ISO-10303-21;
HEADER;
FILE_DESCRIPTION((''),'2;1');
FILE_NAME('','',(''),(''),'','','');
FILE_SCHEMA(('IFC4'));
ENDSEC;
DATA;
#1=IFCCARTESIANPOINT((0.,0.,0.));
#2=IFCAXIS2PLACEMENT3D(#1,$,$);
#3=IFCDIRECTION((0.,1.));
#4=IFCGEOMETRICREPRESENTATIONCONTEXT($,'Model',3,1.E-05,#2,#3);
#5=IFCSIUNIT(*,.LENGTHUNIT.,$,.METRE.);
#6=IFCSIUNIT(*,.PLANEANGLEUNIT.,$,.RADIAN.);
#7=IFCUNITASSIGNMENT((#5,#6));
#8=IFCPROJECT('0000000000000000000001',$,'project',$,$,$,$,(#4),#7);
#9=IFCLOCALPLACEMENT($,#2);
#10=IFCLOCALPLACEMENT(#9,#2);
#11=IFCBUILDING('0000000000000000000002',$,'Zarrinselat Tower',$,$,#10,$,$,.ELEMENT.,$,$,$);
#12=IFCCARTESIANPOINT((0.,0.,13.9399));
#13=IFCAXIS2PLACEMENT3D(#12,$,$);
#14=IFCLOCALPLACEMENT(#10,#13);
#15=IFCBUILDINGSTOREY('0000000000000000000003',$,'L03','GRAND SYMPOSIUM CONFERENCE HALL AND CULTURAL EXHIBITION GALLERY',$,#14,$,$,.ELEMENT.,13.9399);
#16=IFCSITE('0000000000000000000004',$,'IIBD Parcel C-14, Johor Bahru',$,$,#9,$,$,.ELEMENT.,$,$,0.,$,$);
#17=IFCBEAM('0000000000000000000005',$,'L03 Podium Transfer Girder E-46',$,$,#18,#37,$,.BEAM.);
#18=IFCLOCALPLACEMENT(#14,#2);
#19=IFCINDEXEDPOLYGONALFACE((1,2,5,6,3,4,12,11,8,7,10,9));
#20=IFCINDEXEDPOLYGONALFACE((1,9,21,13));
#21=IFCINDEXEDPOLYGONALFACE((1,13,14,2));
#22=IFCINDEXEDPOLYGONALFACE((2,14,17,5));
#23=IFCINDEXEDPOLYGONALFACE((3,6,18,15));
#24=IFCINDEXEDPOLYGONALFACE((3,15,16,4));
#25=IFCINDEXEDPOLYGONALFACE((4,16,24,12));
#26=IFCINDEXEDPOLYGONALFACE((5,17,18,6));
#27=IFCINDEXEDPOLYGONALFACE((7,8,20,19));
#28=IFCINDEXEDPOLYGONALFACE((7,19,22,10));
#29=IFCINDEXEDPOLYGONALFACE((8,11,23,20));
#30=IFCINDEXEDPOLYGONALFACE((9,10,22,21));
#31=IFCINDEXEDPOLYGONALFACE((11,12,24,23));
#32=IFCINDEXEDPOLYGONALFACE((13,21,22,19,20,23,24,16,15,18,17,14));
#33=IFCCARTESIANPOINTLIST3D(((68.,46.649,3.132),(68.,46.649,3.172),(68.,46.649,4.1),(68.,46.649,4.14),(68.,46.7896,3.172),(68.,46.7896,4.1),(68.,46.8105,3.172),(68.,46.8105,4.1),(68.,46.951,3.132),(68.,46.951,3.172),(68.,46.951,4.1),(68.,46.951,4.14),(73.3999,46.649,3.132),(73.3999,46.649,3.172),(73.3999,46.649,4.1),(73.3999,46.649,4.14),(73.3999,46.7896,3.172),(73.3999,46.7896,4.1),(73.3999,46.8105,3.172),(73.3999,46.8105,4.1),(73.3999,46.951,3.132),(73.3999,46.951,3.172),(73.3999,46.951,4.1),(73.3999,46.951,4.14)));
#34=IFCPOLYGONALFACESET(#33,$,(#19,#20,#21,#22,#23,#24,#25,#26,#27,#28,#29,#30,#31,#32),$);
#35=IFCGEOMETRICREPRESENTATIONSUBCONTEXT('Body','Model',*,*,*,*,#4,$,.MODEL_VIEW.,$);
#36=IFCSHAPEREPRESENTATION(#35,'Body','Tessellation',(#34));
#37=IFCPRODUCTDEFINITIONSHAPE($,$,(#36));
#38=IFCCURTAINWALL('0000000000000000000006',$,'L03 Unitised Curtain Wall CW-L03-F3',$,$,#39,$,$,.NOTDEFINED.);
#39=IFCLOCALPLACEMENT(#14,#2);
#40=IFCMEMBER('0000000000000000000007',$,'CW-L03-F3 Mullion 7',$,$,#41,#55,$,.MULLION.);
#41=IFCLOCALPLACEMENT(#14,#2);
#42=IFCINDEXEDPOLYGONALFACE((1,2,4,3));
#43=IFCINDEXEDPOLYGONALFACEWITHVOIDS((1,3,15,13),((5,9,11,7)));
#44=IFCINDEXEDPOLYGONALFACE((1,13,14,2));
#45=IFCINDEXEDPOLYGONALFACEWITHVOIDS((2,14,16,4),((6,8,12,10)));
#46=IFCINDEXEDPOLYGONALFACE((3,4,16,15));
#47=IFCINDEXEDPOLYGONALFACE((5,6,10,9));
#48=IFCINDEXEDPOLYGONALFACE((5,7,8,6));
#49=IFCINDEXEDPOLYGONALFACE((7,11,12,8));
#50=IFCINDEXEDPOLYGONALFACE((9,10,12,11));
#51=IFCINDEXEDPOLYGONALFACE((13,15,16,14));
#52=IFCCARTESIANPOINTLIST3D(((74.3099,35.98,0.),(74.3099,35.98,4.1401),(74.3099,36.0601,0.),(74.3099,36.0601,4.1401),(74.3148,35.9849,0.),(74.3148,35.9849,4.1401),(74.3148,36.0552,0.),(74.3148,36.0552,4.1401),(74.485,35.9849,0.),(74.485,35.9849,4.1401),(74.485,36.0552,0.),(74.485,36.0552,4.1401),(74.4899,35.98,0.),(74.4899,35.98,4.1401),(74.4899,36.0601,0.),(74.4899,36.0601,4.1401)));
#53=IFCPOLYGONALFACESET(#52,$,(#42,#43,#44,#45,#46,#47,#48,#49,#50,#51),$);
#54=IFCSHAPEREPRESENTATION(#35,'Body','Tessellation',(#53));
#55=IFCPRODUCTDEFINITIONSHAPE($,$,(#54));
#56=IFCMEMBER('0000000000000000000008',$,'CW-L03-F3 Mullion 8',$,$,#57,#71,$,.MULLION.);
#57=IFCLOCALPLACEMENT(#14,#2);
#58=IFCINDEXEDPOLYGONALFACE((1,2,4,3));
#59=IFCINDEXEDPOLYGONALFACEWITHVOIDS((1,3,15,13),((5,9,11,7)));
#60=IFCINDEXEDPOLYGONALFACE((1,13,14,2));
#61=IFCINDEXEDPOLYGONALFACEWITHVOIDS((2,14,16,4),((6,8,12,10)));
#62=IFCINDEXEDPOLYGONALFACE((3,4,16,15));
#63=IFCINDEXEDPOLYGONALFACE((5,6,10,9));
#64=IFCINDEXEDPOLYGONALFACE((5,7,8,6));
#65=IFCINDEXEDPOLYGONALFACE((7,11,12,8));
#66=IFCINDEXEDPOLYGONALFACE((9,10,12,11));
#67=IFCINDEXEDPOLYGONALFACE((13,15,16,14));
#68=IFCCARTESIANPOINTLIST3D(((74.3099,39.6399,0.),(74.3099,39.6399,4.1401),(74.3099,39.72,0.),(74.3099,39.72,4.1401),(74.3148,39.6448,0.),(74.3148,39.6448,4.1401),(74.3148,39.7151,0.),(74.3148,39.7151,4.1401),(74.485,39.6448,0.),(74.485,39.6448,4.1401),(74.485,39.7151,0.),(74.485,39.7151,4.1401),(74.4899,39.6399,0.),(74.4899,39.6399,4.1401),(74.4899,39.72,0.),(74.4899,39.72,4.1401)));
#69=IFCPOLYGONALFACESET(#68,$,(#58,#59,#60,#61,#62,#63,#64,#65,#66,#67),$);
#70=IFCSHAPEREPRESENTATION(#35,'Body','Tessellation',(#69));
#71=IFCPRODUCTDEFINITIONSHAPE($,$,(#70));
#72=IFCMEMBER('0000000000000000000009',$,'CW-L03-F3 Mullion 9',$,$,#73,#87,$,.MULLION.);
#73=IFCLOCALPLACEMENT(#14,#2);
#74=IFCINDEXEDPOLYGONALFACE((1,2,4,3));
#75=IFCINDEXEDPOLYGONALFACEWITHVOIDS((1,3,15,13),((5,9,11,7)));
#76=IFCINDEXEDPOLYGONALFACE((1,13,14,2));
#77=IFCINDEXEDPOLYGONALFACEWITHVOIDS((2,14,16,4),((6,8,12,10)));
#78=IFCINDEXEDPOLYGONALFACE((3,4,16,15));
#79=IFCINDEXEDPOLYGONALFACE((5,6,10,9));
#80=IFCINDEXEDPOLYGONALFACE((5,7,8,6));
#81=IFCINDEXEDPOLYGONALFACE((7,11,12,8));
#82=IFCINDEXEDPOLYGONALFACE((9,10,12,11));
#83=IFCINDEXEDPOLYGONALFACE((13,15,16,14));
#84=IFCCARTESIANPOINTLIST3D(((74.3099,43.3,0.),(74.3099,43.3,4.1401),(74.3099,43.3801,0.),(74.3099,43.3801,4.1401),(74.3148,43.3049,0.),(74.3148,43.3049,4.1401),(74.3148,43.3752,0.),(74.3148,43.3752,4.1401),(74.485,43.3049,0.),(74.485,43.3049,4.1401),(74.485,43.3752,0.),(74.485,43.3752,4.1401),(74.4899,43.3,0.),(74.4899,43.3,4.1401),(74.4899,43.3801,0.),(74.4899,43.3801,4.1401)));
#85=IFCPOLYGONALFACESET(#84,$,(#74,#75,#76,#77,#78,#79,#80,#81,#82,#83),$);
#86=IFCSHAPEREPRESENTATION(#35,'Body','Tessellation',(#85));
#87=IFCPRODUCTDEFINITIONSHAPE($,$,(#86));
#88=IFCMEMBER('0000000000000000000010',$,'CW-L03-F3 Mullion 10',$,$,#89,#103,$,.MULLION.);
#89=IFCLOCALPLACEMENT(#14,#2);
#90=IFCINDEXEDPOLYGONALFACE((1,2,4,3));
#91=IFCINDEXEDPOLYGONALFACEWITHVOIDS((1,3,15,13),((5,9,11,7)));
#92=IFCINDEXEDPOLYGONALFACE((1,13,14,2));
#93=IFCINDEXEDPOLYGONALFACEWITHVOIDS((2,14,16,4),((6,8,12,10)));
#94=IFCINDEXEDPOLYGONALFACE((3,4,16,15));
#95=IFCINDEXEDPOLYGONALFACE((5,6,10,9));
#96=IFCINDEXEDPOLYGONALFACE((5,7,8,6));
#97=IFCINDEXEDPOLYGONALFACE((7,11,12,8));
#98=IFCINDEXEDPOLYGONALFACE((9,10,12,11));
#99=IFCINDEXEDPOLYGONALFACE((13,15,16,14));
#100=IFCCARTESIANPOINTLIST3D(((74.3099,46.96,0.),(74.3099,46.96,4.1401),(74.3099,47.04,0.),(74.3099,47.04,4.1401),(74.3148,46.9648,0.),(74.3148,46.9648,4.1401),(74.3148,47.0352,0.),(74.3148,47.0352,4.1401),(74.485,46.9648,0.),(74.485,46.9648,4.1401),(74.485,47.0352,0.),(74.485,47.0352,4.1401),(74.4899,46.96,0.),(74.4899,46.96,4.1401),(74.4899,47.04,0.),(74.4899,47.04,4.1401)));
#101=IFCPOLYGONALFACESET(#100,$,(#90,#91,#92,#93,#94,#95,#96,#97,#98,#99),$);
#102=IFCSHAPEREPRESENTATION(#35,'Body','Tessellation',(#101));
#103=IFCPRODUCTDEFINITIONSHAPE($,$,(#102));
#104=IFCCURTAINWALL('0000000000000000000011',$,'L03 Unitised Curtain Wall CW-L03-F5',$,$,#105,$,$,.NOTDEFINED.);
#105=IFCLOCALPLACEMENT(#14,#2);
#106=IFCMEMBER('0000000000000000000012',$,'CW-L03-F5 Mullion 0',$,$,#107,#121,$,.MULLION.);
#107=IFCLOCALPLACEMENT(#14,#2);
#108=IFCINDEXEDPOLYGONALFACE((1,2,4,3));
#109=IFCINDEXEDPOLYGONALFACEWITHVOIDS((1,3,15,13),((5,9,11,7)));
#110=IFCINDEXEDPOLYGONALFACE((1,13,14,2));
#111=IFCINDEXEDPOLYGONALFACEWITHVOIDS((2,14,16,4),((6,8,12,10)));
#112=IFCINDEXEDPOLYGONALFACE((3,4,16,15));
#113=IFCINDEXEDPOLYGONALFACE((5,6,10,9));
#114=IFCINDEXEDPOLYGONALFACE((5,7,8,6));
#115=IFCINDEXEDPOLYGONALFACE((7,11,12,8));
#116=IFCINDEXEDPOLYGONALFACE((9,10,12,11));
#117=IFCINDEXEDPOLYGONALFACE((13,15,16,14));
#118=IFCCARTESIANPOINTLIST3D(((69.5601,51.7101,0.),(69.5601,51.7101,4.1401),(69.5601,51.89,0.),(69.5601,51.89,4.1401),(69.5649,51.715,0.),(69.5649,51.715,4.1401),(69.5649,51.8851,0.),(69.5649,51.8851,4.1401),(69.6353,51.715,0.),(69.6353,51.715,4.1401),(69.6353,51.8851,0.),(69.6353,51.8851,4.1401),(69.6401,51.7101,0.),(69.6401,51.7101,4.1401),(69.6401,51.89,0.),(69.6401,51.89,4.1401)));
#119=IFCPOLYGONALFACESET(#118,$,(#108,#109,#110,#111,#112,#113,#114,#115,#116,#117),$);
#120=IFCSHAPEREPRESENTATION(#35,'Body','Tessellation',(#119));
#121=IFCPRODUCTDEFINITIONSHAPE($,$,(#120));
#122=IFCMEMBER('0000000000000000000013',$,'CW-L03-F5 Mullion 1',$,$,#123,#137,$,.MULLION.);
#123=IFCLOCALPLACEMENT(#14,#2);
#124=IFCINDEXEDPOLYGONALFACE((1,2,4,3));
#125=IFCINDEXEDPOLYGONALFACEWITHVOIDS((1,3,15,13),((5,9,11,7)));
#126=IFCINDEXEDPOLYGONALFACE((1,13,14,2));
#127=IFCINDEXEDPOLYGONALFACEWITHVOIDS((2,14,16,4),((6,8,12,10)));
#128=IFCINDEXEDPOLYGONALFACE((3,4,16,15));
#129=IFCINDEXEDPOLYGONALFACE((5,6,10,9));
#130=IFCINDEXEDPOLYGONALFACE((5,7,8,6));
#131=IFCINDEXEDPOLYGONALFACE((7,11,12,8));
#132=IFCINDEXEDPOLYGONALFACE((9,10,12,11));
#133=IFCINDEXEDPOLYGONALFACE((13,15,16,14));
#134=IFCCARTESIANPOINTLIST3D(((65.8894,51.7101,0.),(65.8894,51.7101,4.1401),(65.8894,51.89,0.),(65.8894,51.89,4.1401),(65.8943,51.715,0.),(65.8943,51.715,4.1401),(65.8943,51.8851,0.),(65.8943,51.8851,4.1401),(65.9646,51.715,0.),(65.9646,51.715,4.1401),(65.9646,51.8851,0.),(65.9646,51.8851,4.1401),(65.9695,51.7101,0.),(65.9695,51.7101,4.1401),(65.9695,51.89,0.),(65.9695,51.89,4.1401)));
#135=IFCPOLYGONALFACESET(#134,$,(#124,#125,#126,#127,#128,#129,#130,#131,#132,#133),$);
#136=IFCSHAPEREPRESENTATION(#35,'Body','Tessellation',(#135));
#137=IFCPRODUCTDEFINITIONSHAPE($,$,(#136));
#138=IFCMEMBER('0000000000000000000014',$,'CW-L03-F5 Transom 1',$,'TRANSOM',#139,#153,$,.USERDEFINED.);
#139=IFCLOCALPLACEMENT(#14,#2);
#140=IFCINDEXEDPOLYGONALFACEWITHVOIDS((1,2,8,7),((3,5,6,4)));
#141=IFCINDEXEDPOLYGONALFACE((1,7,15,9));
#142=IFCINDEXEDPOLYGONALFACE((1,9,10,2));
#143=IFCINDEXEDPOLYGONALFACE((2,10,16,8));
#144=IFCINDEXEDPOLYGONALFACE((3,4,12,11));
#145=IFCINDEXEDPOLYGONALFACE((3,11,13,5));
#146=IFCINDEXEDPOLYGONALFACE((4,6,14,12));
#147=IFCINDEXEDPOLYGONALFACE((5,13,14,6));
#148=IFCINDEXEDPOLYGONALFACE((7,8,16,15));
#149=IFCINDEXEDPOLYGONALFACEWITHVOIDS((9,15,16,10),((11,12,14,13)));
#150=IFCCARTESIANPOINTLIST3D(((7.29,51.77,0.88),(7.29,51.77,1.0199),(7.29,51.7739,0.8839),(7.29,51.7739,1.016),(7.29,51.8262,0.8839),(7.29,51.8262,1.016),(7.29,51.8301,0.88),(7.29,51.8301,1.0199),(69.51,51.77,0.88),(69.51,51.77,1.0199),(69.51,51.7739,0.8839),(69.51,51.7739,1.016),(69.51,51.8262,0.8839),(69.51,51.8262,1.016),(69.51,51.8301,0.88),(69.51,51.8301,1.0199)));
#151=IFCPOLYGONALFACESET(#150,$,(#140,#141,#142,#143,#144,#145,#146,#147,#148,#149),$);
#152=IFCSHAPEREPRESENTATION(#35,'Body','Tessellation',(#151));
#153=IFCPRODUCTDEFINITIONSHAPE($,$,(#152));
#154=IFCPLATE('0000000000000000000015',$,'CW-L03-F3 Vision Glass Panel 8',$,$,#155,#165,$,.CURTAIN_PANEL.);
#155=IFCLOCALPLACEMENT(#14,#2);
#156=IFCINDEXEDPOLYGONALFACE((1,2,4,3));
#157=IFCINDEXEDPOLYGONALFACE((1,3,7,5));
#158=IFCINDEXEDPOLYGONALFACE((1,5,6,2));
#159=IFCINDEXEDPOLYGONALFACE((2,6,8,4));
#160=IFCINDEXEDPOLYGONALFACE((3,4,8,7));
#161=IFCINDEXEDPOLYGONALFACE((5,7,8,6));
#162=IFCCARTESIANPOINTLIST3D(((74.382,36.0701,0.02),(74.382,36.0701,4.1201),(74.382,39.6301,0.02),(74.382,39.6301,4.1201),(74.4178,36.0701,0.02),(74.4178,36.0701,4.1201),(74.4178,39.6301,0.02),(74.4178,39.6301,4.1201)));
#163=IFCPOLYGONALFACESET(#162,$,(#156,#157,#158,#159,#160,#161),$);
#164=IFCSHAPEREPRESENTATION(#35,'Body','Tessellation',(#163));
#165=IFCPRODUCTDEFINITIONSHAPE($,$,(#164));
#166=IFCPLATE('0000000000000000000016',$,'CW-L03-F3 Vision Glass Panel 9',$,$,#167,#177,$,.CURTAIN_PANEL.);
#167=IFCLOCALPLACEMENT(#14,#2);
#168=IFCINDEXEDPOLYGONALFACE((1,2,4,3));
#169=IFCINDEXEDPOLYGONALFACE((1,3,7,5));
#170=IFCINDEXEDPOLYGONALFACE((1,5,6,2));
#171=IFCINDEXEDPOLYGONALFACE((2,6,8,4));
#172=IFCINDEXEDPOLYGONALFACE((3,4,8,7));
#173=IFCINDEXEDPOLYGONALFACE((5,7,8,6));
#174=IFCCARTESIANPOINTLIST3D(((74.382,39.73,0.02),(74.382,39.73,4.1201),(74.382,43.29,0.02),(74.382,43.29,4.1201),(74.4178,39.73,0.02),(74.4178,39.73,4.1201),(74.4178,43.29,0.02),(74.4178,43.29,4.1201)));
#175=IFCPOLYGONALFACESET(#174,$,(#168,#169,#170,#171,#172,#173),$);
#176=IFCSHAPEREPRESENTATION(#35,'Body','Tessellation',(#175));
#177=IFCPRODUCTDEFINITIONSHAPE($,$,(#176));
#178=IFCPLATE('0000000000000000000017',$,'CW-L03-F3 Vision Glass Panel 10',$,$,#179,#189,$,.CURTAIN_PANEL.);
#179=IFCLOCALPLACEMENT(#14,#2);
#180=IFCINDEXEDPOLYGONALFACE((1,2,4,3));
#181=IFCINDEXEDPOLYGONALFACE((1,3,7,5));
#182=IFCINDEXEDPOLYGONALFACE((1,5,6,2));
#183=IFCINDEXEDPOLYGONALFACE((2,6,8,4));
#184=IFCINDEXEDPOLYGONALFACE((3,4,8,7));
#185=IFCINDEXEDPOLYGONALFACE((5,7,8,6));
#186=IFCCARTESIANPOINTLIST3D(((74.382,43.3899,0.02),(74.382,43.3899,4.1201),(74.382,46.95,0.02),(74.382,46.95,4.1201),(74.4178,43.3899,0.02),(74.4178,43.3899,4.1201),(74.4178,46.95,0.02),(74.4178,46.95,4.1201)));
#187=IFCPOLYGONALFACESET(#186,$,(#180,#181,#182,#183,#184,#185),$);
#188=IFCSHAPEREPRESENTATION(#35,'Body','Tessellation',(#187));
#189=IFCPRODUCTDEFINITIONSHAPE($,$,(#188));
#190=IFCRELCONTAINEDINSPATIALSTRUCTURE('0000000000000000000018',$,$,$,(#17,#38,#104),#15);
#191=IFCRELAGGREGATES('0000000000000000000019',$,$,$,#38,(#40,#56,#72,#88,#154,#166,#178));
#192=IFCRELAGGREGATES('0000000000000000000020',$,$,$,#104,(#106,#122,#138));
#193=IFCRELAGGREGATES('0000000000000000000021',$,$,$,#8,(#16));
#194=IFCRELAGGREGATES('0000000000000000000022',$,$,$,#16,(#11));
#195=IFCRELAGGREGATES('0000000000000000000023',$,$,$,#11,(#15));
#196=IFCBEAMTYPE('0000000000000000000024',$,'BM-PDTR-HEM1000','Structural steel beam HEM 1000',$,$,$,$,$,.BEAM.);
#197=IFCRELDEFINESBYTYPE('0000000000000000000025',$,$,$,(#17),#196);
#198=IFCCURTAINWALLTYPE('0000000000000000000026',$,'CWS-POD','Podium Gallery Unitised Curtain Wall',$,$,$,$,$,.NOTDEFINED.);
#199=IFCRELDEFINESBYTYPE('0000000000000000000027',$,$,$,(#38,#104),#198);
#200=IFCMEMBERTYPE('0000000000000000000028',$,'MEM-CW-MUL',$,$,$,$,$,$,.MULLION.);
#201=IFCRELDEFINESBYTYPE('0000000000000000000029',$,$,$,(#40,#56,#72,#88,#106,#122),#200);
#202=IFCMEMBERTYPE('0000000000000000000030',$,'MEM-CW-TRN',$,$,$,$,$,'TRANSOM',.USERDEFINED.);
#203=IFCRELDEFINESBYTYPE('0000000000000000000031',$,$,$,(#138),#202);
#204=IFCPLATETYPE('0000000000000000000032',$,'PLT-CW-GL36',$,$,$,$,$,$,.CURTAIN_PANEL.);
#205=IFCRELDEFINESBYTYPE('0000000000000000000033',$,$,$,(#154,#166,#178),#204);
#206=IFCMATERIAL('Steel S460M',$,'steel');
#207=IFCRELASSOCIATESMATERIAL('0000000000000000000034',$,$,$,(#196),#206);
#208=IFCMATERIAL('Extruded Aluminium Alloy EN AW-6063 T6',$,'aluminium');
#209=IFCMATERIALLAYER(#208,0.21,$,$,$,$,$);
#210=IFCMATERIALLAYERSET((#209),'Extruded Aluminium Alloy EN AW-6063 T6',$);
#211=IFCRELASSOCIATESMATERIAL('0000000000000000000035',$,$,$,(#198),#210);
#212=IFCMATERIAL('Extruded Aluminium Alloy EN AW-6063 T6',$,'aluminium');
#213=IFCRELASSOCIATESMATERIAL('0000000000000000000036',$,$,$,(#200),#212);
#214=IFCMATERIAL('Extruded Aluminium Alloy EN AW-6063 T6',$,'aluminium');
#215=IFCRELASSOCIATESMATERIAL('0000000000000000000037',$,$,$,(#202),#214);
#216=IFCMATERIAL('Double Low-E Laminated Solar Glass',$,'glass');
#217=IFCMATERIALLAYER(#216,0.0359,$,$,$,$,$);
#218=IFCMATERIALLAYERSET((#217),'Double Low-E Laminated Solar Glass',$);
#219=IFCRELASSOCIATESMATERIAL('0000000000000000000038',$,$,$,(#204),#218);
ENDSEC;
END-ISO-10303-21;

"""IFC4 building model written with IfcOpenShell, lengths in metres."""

from ifc_helpers import new_model, si_unit, direction, frame, origin, origin_2d, place, context, subcontext, project, spatial, rectangle, hollow_rectangle, i_section, extrude, material, layer, layer_set, material_profile, profile_set, type_object, element, aggregate, save


model = new_model("IFC4")

# Units and contexts
model_context = context("Model", 3, precision=1e-05, world=origin(), true_north=direction((0.0, 1.0)))
body_context = subcontext(model_context, "Body", "Model", "MODEL_VIEW")
ifc_project = project(units=[si_unit("LENGTHUNIT", "METRE"), si_unit("PLANEANGLEUNIT", "RADIAN")], contexts=[model_context])

# Site, building, storey
site_placement = place(None, origin())
site = spatial("IfcSite", under=ifc_project, at=site_placement, Name="IIBD Parcel C-14, Johor Bahru", CompositionType="ELEMENT", RefElevation=0.0)
building_placement = place(site_placement, origin())
building = spatial("IfcBuilding", under=site, at=building_placement, Name="Zarrinselat Tower", CompositionType="ELEMENT")
storey_placement = place(building_placement, frame((0.0, 0.0, 13.9399)))
storey = spatial("IfcBuildingStorey", under=building, at=storey_placement, Name="L03", Description="GRAND SYMPOSIUM CONFERENCE HALL AND CULTURAL EXHIBITION GALLERY", CompositionType="ELEMENT", Elevation=13.9399)

# Beam
ifc_material_1 = material(Name="Steel S460M", Category="steel")
ifc_material_profile_1 = material_profile(ifc_material_1, i_section(OverallWidth=0.302, OverallDepth=1.0081, WebThickness=0.021, FlangeThickness=0.04, at=origin_2d()), Name="HEM 1000")
ifc_profile_set_1 = profile_set([ifc_material_profile_1], Name="Steel S460M")
beam_type_1 = type_object("IfcBeamType", Name="BM-PDTR-HEM1000", Description="Structural steel beam HEM 1000", PredefinedType="BEAM", material=ifc_profile_set_1)
for number, where, z_axis, x_axis, name in (
    (1, (68.0, 46.8, 3.636), (1.0, 0.0, 0.0), (0.0, 1.0, 0.0), "L03 Podium Transfer Girder E-46"),
):
    element("IfcBeam", number, at=place(storey_placement, frame(where, z_axis=z_axis, x_axis=x_axis)), inside=storey, type_object=beam_type_1, Name=name, PredefinedType="BEAM", context=body_context, shape_type="SweptSolid", body=[
        extrude(i_section(OverallWidth=0.302, OverallDepth=1.0081, WebThickness=0.021, FlangeThickness=0.04, at=origin_2d()), origin(), (0.0, 0.0, 1.0), 5.3999),
    ])

# Curtain walls, members
ifc_material_2 = material(Name="Extruded Aluminium Alloy EN AW-6063 T6", Category="aluminium")
ifc_layer_1 = layer(ifc_material_2, 0.21)
ifc_layer_set_1 = layer_set([ifc_layer_1], Name="Extruded Aluminium Alloy EN AW-6063 T6")
curtain_wall_type = type_object("IfcCurtainWallType", Name="CWS-POD", Description="Podium Gallery Unitised Curtain Wall", PredefinedType="NOTDEFINED", material=ifc_layer_set_1)
curtain_wall_1_placement = place(storey_placement, origin())
curtain_wall_1 = element("IfcCurtainWall", 2, at=curtain_wall_1_placement, inside=storey, type_object=curtain_wall_type, Name="L03 Unitised Curtain Wall CW-L03-F3", PredefinedType="NOTDEFINED")
ifc_material_3 = material(Name="Extruded Aluminium Alloy EN AW-6063 T6", Category="aluminium")
ifc_material_profile_2 = material_profile(ifc_material_3, hollow_rectangle(XDim=0.0801, YDim=0.1799, WallThickness=0.0049, at=origin_2d()), Name="RHS 180x80x5")
ifc_profile_set_2 = profile_set([ifc_material_profile_2], Name="Extruded Aluminium Alloy EN AW-6063 T6")
member_type_1 = type_object("IfcMemberType", Name="MEM-CW-MUL", PredefinedType="MULLION", material=ifc_profile_set_2)
member_1_placement = place(storey_placement, frame((74.3999, 36.02, 0.0), z_axis=(0.0, 0.0, 1.0), x_axis=(0.0, 1.0, 0.0)))
member_1 = element("IfcMember", 3, at=member_1_placement, type_object=member_type_1, Name="CW-L03-F3 Mullion 7", PredefinedType="MULLION", context=body_context, shape_type="SweptSolid", body=[
    extrude(hollow_rectangle(XDim=0.0801, YDim=0.1799, WallThickness=0.0049, at=origin_2d()), origin(), (0.0, 0.0, 1.0), 4.1401),
])
member_2_placement = place(storey_placement, frame((74.3999, 39.6799, 0.0), z_axis=(0.0, 0.0, 1.0), x_axis=(0.0, 1.0, 0.0)))
member_2 = element("IfcMember", 4, at=member_2_placement, type_object=member_type_1, Name="CW-L03-F3 Mullion 8", PredefinedType="MULLION", context=body_context, shape_type="SweptSolid", body=[
    extrude(hollow_rectangle(XDim=0.0801, YDim=0.1799, WallThickness=0.0049, at=origin_2d()), origin(), (0.0, 0.0, 1.0), 4.1401),
])
member_3_placement = place(storey_placement, frame((74.3999, 43.3401, 0.0), z_axis=(0.0, 0.0, 1.0), x_axis=(0.0, 1.0, 0.0)))
member_3 = element("IfcMember", 5, at=member_3_placement, type_object=member_type_1, Name="CW-L03-F3 Mullion 9", PredefinedType="MULLION", context=body_context, shape_type="SweptSolid", body=[
    extrude(hollow_rectangle(XDim=0.0801, YDim=0.1799, WallThickness=0.0049, at=origin_2d()), origin(), (0.0, 0.0, 1.0), 4.1401),
])
member_4_placement = place(storey_placement, frame((74.3999, 47.0, 0.0), z_axis=(0.0, 0.0, 1.0), x_axis=(0.0, 1.0, 0.0)))
member_4 = element("IfcMember", 6, at=member_4_placement, type_object=member_type_1, Name="CW-L03-F3 Mullion 10", PredefinedType="MULLION", context=body_context, shape_type="SweptSolid", body=[
    extrude(hollow_rectangle(XDim=0.0801, YDim=0.1799, WallThickness=0.0049, at=origin_2d()), origin(), (0.0, 0.0, 1.0), 4.1401),
])
curtain_wall_2_placement = place(storey_placement, origin())
curtain_wall_2 = element("IfcCurtainWall", 7, at=curtain_wall_2_placement, inside=storey, type_object=curtain_wall_type, Name="L03 Unitised Curtain Wall CW-L03-F5", PredefinedType="NOTDEFINED")
member_5_placement = place(storey_placement, frame((69.6001, 51.8, 0.0), z_axis=(0.0, 0.0, 1.0), x_axis=(-1.0, 0.0, 0.0)))
member_5 = element("IfcMember", 8, at=member_5_placement, type_object=member_type_1, Name="CW-L03-F5 Mullion 0", PredefinedType="MULLION", context=body_context, shape_type="SweptSolid", body=[
    extrude(hollow_rectangle(XDim=0.0801, YDim=0.1799, WallThickness=0.0049, at=origin_2d()), origin(), (0.0, 0.0, 1.0), 4.1401),
])
member_6_placement = place(storey_placement, frame((65.9294, 51.8, 0.0), z_axis=(0.0, 0.0, 1.0), x_axis=(-1.0, 0.0, 0.0)))
member_6 = element("IfcMember", 9, at=member_6_placement, type_object=member_type_1, Name="CW-L03-F5 Mullion 1", PredefinedType="MULLION", context=body_context, shape_type="SweptSolid", body=[
    extrude(hollow_rectangle(XDim=0.0801, YDim=0.1799, WallThickness=0.0049, at=origin_2d()), origin(), (0.0, 0.0, 1.0), 4.1401),
])
ifc_material_4 = material(Name="Extruded Aluminium Alloy EN AW-6063 T6", Category="aluminium")
ifc_material_profile_3 = material_profile(ifc_material_4, hollow_rectangle(XDim=0.0601, YDim=0.1399, WallThickness=0.0039, at=origin_2d()), Name="RHS 140x60x4")
ifc_profile_set_3 = profile_set([ifc_material_profile_3], Name="Extruded Aluminium Alloy EN AW-6063 T6")
member_type_2 = type_object("IfcMemberType", Name="MEM-CW-TRN", ElementType="TRANSOM", PredefinedType="USERDEFINED", material=ifc_profile_set_3)
member_7_placement = place(storey_placement, frame((69.51, 51.8, 0.95), z_axis=(-1.0, 0.0, 0.0), x_axis=(0.0, -1.0, 0.0)))
member_7 = element("IfcMember", 10, at=member_7_placement, type_object=member_type_2, Name="CW-L03-F5 Transom 1", ObjectType="TRANSOM", PredefinedType="USERDEFINED", context=body_context, shape_type="SweptSolid", body=[
    extrude(hollow_rectangle(XDim=0.0601, YDim=0.1399, WallThickness=0.0039, at=origin_2d()), origin(), (0.0, 0.0, 1.0), 62.22),
])

# Plates
ifc_material_5 = material(Name="Double Low-E Laminated Solar Glass", Category="glass")
ifc_layer_2 = layer(ifc_material_5, 0.0359)
ifc_layer_set_2 = layer_set([ifc_layer_2], Name="Double Low-E Laminated Solar Glass")
plate_type = type_object("IfcPlateType", Name="PLT-CW-GL36", PredefinedType="CURTAIN_PANEL", material=ifc_layer_set_2)
plate_1_placement = place(storey_placement, frame((74.3999, 37.8501, 0.02), z_axis=(0.0, 0.0, 1.0), x_axis=(0.0, 1.0, 0.0)))
plate_1 = element("IfcPlate", 11, at=plate_1_placement, type_object=plate_type, Name="CW-L03-F3 Vision Glass Panel 8", PredefinedType="CURTAIN_PANEL", context=body_context, shape_type="SweptSolid", body=[
    extrude(rectangle(XDim=3.5601, YDim=0.0359, at=origin_2d()), origin(), (0.0, 0.0, 1.0), 4.1001),
])
plate_2_placement = place(storey_placement, frame((74.3999, 41.51, 0.02), z_axis=(0.0, 0.0, 1.0), x_axis=(0.0, 1.0, 0.0)))
plate_2 = element("IfcPlate", 12, at=plate_2_placement, type_object=plate_type, Name="CW-L03-F3 Vision Glass Panel 9", PredefinedType="CURTAIN_PANEL", context=body_context, shape_type="SweptSolid", body=[
    extrude(rectangle(XDim=3.5601, YDim=0.0359, at=origin_2d()), origin(), (0.0, 0.0, 1.0), 4.1001),
])
plate_3_placement = place(storey_placement, frame((74.3999, 45.1699, 0.02), z_axis=(0.0, 0.0, 1.0), x_axis=(0.0, 1.0, 0.0)))
plate_3 = element("IfcPlate", 13, at=plate_3_placement, type_object=plate_type, Name="CW-L03-F3 Vision Glass Panel 10", PredefinedType="CURTAIN_PANEL", context=body_context, shape_type="SweptSolid", body=[
    extrude(rectangle(XDim=3.5601, YDim=0.0359, at=origin_2d()), origin(), (0.0, 0.0, 1.0), 4.1001),
])
aggregate(curtain_wall_1, [member_1, member_2, member_3, member_4, plate_1, plate_2, plate_3])
aggregate(curtain_wall_2, [member_5, member_6, member_7])

save(model, "model.ifc")
